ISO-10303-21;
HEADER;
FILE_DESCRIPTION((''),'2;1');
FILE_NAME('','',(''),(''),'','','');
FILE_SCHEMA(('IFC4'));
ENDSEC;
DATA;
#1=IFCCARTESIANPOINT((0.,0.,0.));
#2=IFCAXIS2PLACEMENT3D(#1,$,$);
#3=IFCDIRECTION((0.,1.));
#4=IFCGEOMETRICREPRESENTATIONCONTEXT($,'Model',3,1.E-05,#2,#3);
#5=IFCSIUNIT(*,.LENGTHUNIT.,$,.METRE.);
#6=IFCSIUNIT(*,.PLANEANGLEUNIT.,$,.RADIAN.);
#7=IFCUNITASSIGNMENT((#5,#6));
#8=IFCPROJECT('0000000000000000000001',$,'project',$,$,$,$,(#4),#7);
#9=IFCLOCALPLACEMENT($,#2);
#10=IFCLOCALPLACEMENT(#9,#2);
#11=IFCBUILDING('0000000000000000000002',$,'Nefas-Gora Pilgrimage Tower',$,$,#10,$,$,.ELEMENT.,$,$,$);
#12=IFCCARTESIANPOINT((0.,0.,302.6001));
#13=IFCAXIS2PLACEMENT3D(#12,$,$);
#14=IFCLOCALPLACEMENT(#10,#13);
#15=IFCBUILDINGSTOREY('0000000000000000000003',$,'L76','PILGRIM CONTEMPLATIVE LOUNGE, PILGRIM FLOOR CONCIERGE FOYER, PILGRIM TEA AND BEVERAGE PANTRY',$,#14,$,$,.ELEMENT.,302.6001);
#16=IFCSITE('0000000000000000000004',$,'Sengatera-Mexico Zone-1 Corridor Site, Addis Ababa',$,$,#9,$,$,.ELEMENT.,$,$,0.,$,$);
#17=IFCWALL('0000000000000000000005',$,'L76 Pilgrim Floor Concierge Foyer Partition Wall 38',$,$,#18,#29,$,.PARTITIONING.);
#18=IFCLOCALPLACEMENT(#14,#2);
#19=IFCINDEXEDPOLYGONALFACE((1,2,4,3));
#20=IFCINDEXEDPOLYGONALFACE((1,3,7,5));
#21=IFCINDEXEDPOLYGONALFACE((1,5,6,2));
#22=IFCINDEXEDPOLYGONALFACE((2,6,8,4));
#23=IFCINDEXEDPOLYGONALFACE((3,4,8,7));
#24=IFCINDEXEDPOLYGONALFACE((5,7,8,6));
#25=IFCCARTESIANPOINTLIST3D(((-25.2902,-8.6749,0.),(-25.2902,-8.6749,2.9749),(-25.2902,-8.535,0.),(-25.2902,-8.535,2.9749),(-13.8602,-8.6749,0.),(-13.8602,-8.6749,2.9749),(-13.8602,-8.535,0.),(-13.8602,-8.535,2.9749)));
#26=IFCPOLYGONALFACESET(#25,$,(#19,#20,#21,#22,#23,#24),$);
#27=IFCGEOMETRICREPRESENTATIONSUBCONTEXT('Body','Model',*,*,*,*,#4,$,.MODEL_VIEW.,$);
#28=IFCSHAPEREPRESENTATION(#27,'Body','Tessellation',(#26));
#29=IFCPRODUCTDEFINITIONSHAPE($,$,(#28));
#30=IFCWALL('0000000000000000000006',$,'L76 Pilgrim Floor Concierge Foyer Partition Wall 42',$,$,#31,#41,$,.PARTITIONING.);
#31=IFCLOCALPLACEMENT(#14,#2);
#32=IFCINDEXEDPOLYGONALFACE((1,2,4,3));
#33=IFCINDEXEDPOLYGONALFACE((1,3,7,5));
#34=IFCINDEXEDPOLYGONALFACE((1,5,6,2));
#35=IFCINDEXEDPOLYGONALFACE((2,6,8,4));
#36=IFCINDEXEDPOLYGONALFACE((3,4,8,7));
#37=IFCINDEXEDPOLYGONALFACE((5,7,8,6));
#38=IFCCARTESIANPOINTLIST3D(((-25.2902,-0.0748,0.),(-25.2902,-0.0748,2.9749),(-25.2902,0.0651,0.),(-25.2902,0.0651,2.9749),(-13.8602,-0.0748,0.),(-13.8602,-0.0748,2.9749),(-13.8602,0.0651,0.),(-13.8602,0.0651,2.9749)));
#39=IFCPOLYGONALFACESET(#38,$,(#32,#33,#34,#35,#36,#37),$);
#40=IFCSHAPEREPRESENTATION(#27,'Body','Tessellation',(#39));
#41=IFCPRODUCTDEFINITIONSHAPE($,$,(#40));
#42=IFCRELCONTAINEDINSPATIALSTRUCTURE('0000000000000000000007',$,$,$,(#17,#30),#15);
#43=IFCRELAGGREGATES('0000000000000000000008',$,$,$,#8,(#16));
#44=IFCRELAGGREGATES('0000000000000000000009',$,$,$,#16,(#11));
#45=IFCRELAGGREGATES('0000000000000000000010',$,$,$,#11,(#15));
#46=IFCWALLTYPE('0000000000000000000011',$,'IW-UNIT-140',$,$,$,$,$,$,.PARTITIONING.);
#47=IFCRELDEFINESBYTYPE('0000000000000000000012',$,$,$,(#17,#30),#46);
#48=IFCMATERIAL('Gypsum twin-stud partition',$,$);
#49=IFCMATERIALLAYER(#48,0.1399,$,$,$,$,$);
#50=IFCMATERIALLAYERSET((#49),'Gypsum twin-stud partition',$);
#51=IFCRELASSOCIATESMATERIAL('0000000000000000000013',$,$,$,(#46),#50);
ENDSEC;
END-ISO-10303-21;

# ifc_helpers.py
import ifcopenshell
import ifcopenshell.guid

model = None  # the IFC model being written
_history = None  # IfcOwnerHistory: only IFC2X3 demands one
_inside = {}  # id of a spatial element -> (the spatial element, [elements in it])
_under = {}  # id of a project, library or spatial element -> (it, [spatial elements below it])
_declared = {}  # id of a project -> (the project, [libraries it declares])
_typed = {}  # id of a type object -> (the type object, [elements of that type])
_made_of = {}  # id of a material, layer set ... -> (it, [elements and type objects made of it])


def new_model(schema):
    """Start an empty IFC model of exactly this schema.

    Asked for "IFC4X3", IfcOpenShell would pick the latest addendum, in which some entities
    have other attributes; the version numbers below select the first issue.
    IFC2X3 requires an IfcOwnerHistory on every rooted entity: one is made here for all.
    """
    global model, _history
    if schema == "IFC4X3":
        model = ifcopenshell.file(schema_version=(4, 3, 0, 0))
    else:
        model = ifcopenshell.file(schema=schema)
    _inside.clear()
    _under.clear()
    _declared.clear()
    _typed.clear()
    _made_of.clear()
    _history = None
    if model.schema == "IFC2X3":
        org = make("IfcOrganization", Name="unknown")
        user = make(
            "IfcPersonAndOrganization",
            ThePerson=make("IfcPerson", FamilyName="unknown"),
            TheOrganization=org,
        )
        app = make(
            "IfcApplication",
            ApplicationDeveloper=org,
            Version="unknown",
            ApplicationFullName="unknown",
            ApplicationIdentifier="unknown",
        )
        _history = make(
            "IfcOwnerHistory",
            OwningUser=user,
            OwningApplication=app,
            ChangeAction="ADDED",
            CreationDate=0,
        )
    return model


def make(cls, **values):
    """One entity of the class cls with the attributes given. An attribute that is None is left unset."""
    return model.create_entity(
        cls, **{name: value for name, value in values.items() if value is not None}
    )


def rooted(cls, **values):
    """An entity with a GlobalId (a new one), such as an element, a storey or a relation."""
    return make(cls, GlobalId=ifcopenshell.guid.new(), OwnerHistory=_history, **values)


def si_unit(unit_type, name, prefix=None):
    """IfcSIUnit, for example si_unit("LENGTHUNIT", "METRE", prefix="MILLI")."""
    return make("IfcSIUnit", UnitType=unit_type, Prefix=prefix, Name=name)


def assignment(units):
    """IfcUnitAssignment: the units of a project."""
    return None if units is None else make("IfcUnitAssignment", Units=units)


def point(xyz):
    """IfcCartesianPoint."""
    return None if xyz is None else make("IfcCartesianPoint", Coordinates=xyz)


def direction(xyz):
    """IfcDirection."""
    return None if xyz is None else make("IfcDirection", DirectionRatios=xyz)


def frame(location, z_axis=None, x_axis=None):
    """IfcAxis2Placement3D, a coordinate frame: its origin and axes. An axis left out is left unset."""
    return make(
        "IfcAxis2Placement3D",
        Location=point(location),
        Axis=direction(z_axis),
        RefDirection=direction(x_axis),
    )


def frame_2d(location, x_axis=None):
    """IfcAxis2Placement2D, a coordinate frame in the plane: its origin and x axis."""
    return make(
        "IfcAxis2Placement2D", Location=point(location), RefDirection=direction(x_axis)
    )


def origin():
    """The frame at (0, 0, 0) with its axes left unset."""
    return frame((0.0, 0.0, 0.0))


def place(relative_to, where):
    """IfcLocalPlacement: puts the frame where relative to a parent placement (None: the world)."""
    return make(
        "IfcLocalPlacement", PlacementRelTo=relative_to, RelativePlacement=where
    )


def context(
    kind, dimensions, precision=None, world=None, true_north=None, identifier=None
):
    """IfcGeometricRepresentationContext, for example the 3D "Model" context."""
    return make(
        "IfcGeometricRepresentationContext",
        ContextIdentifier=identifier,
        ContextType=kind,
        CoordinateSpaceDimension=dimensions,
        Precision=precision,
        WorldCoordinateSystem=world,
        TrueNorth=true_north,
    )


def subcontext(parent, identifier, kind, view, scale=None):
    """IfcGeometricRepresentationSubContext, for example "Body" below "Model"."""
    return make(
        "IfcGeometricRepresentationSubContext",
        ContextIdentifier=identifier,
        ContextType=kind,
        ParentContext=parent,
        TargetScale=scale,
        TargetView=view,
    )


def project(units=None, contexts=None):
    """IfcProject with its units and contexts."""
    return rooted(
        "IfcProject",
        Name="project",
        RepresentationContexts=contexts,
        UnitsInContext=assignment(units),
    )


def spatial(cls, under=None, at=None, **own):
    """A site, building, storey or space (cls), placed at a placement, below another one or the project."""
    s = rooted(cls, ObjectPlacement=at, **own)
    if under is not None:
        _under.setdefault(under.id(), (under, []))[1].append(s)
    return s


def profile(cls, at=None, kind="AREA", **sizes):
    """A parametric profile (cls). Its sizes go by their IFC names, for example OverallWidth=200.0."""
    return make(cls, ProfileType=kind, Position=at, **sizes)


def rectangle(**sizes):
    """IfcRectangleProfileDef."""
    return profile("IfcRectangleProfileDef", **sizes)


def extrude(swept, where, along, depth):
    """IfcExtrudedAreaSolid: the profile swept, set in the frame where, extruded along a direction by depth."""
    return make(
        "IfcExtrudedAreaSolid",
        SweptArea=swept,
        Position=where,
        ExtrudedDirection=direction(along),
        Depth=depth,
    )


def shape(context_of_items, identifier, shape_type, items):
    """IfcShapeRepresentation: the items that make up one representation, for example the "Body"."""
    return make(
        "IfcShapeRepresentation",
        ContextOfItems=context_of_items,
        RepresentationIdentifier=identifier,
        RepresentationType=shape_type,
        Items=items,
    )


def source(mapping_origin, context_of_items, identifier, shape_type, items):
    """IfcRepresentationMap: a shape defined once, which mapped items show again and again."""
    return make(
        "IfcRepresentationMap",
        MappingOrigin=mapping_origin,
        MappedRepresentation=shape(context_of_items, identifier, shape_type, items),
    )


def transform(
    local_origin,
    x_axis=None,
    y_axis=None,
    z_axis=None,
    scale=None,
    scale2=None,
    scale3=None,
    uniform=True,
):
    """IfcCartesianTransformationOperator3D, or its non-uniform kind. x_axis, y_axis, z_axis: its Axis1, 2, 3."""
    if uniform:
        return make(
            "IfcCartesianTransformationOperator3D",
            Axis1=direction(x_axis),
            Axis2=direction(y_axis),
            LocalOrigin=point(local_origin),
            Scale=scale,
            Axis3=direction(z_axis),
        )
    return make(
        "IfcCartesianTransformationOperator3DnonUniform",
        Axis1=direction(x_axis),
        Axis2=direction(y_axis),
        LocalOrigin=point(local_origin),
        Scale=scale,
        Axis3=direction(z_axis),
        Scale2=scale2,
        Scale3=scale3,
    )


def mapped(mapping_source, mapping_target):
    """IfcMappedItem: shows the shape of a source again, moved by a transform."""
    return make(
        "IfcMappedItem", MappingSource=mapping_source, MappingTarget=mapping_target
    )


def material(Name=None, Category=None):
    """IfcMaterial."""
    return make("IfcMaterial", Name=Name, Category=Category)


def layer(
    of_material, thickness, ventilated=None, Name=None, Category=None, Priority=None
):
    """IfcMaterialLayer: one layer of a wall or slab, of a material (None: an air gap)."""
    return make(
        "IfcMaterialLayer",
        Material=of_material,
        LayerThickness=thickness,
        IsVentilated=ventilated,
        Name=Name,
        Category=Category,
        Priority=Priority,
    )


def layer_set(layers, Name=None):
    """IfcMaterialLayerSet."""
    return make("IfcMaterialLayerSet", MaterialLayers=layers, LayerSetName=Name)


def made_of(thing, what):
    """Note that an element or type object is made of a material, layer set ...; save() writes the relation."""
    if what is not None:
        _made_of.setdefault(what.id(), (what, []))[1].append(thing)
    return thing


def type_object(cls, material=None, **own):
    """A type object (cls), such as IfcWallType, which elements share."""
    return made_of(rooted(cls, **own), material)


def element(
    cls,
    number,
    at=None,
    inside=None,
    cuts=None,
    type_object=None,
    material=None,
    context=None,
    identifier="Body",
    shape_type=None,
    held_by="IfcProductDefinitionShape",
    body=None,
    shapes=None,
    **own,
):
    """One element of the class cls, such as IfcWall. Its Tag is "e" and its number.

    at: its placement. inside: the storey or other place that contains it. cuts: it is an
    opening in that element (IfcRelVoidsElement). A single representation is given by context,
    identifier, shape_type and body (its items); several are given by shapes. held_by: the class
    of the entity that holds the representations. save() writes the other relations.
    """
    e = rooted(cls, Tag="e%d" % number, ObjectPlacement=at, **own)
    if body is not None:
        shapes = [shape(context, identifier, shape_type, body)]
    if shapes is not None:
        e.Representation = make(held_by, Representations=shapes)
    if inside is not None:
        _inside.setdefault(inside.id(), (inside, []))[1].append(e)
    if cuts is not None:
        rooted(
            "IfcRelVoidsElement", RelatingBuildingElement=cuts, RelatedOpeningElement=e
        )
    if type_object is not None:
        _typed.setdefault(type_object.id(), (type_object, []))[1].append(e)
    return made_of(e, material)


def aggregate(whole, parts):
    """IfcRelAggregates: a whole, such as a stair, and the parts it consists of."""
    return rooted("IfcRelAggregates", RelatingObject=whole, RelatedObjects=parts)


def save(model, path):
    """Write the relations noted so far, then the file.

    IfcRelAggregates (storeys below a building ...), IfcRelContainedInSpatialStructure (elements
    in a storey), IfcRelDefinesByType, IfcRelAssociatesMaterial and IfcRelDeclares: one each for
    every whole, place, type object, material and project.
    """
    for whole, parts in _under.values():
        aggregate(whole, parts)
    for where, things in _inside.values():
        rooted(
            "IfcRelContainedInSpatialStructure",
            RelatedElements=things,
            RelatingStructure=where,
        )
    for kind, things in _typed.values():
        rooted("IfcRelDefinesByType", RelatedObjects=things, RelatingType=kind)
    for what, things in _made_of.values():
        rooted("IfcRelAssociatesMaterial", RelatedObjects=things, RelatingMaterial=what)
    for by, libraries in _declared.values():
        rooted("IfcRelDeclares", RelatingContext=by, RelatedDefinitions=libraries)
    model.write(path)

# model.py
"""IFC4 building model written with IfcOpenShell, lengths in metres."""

from ifc_helpers import new_model, si_unit, direction, frame, frame_2d, origin, place, context, subcontext, project, spatial, rectangle, extrude, source, transform, mapped, material, layer, layer_set, type_object, element, save


model = new_model("IFC4")

# Units and contexts
model_context = context("Model", 3, precision=1e-05, world=origin(), true_north=direction((0.0, 1.0)))
body_context = subcontext(model_context, "Body", "Model", "MODEL_VIEW")
ifc_project = project(units=[si_unit("LENGTHUNIT", "METRE"), si_unit("PLANEANGLEUNIT", "RADIAN")], contexts=[model_context])

# Site, building, storey
site_placement = place(None, origin())
site = spatial("IfcSite", under=ifc_project, at=site_placement, Name="Sengatera-Mexico Zone-1 Corridor Site, Addis Ababa", CompositionType="ELEMENT", RefElevation=0.0)
building_placement = place(site_placement, origin())
building = spatial("IfcBuilding", under=site, at=building_placement, Name="Nefas-Gora Pilgrimage Tower", CompositionType="ELEMENT")
storey_placement = place(building_placement, frame((0.0, 0.0, 302.6001)))
storey = spatial("IfcBuildingStorey", under=building, at=storey_placement, Name="L76", Description="PILGRIM CONTEMPLATIVE LOUNGE, PILGRIM FLOOR CONCIERGE FOYER, PILGRIM TEA AND BEVERAGE PANTRY", CompositionType="ELEMENT", Elevation=302.6001)

# Shared definitions
ifc_material_1 = material(Name="Gypsum twin-stud partition")
ifc_layer_1 = layer(ifc_material_1, 0.1399)
ifc_layer_set_1 = layer_set([ifc_layer_1], Name="Gypsum twin-stud partition")
wall_type_1 = type_object("IfcWallType", Name="IW-UNIT-140", PredefinedType="PARTITIONING", material=ifc_layer_set_1)

# Walls
shared_shape_1 = source(origin(), body_context, "Body", "SweptSolid", [
    extrude(rectangle(XDim=11.4299, YDim=0.1399, at=frame_2d((5.7148, 0.0))), origin(), (0.0, 0.0, 1.0), 2.9749),
])
for number, where, z_axis, x_axis, name in (
    (1, (-25.29, -8.605, 0.0), (0.0, 0.0, 1.0), (1.0, 0.0, 0.0), "L76 Pilgrim Floor Concierge Foyer Partition Wall 38"),
    (2, (-25.29, -0.0049, 0.0), (0.0, 0.0, 1.0), (1.0, 0.0, 0.0), "L76 Pilgrim Floor Concierge Foyer Partition Wall 42"),
):
    element("IfcWall", number, at=place(storey_placement, frame(where, z_axis=z_axis, x_axis=x_axis)), inside=storey, type_object=wall_type_1, Name=name, PredefinedType="PARTITIONING", context=body_context, shape_type="MappedRepresentation", body=[
        mapped(shared_shape_1, transform((0.0, 0.0, 0.0), x_axis=(1.0, 0.0, 0.0), y_axis=(0.0, 1.0, 0.0), z_axis=(0.0, 0.0, 1.0), scale=1.0)),
    ])

save(model, "model.ifc")
